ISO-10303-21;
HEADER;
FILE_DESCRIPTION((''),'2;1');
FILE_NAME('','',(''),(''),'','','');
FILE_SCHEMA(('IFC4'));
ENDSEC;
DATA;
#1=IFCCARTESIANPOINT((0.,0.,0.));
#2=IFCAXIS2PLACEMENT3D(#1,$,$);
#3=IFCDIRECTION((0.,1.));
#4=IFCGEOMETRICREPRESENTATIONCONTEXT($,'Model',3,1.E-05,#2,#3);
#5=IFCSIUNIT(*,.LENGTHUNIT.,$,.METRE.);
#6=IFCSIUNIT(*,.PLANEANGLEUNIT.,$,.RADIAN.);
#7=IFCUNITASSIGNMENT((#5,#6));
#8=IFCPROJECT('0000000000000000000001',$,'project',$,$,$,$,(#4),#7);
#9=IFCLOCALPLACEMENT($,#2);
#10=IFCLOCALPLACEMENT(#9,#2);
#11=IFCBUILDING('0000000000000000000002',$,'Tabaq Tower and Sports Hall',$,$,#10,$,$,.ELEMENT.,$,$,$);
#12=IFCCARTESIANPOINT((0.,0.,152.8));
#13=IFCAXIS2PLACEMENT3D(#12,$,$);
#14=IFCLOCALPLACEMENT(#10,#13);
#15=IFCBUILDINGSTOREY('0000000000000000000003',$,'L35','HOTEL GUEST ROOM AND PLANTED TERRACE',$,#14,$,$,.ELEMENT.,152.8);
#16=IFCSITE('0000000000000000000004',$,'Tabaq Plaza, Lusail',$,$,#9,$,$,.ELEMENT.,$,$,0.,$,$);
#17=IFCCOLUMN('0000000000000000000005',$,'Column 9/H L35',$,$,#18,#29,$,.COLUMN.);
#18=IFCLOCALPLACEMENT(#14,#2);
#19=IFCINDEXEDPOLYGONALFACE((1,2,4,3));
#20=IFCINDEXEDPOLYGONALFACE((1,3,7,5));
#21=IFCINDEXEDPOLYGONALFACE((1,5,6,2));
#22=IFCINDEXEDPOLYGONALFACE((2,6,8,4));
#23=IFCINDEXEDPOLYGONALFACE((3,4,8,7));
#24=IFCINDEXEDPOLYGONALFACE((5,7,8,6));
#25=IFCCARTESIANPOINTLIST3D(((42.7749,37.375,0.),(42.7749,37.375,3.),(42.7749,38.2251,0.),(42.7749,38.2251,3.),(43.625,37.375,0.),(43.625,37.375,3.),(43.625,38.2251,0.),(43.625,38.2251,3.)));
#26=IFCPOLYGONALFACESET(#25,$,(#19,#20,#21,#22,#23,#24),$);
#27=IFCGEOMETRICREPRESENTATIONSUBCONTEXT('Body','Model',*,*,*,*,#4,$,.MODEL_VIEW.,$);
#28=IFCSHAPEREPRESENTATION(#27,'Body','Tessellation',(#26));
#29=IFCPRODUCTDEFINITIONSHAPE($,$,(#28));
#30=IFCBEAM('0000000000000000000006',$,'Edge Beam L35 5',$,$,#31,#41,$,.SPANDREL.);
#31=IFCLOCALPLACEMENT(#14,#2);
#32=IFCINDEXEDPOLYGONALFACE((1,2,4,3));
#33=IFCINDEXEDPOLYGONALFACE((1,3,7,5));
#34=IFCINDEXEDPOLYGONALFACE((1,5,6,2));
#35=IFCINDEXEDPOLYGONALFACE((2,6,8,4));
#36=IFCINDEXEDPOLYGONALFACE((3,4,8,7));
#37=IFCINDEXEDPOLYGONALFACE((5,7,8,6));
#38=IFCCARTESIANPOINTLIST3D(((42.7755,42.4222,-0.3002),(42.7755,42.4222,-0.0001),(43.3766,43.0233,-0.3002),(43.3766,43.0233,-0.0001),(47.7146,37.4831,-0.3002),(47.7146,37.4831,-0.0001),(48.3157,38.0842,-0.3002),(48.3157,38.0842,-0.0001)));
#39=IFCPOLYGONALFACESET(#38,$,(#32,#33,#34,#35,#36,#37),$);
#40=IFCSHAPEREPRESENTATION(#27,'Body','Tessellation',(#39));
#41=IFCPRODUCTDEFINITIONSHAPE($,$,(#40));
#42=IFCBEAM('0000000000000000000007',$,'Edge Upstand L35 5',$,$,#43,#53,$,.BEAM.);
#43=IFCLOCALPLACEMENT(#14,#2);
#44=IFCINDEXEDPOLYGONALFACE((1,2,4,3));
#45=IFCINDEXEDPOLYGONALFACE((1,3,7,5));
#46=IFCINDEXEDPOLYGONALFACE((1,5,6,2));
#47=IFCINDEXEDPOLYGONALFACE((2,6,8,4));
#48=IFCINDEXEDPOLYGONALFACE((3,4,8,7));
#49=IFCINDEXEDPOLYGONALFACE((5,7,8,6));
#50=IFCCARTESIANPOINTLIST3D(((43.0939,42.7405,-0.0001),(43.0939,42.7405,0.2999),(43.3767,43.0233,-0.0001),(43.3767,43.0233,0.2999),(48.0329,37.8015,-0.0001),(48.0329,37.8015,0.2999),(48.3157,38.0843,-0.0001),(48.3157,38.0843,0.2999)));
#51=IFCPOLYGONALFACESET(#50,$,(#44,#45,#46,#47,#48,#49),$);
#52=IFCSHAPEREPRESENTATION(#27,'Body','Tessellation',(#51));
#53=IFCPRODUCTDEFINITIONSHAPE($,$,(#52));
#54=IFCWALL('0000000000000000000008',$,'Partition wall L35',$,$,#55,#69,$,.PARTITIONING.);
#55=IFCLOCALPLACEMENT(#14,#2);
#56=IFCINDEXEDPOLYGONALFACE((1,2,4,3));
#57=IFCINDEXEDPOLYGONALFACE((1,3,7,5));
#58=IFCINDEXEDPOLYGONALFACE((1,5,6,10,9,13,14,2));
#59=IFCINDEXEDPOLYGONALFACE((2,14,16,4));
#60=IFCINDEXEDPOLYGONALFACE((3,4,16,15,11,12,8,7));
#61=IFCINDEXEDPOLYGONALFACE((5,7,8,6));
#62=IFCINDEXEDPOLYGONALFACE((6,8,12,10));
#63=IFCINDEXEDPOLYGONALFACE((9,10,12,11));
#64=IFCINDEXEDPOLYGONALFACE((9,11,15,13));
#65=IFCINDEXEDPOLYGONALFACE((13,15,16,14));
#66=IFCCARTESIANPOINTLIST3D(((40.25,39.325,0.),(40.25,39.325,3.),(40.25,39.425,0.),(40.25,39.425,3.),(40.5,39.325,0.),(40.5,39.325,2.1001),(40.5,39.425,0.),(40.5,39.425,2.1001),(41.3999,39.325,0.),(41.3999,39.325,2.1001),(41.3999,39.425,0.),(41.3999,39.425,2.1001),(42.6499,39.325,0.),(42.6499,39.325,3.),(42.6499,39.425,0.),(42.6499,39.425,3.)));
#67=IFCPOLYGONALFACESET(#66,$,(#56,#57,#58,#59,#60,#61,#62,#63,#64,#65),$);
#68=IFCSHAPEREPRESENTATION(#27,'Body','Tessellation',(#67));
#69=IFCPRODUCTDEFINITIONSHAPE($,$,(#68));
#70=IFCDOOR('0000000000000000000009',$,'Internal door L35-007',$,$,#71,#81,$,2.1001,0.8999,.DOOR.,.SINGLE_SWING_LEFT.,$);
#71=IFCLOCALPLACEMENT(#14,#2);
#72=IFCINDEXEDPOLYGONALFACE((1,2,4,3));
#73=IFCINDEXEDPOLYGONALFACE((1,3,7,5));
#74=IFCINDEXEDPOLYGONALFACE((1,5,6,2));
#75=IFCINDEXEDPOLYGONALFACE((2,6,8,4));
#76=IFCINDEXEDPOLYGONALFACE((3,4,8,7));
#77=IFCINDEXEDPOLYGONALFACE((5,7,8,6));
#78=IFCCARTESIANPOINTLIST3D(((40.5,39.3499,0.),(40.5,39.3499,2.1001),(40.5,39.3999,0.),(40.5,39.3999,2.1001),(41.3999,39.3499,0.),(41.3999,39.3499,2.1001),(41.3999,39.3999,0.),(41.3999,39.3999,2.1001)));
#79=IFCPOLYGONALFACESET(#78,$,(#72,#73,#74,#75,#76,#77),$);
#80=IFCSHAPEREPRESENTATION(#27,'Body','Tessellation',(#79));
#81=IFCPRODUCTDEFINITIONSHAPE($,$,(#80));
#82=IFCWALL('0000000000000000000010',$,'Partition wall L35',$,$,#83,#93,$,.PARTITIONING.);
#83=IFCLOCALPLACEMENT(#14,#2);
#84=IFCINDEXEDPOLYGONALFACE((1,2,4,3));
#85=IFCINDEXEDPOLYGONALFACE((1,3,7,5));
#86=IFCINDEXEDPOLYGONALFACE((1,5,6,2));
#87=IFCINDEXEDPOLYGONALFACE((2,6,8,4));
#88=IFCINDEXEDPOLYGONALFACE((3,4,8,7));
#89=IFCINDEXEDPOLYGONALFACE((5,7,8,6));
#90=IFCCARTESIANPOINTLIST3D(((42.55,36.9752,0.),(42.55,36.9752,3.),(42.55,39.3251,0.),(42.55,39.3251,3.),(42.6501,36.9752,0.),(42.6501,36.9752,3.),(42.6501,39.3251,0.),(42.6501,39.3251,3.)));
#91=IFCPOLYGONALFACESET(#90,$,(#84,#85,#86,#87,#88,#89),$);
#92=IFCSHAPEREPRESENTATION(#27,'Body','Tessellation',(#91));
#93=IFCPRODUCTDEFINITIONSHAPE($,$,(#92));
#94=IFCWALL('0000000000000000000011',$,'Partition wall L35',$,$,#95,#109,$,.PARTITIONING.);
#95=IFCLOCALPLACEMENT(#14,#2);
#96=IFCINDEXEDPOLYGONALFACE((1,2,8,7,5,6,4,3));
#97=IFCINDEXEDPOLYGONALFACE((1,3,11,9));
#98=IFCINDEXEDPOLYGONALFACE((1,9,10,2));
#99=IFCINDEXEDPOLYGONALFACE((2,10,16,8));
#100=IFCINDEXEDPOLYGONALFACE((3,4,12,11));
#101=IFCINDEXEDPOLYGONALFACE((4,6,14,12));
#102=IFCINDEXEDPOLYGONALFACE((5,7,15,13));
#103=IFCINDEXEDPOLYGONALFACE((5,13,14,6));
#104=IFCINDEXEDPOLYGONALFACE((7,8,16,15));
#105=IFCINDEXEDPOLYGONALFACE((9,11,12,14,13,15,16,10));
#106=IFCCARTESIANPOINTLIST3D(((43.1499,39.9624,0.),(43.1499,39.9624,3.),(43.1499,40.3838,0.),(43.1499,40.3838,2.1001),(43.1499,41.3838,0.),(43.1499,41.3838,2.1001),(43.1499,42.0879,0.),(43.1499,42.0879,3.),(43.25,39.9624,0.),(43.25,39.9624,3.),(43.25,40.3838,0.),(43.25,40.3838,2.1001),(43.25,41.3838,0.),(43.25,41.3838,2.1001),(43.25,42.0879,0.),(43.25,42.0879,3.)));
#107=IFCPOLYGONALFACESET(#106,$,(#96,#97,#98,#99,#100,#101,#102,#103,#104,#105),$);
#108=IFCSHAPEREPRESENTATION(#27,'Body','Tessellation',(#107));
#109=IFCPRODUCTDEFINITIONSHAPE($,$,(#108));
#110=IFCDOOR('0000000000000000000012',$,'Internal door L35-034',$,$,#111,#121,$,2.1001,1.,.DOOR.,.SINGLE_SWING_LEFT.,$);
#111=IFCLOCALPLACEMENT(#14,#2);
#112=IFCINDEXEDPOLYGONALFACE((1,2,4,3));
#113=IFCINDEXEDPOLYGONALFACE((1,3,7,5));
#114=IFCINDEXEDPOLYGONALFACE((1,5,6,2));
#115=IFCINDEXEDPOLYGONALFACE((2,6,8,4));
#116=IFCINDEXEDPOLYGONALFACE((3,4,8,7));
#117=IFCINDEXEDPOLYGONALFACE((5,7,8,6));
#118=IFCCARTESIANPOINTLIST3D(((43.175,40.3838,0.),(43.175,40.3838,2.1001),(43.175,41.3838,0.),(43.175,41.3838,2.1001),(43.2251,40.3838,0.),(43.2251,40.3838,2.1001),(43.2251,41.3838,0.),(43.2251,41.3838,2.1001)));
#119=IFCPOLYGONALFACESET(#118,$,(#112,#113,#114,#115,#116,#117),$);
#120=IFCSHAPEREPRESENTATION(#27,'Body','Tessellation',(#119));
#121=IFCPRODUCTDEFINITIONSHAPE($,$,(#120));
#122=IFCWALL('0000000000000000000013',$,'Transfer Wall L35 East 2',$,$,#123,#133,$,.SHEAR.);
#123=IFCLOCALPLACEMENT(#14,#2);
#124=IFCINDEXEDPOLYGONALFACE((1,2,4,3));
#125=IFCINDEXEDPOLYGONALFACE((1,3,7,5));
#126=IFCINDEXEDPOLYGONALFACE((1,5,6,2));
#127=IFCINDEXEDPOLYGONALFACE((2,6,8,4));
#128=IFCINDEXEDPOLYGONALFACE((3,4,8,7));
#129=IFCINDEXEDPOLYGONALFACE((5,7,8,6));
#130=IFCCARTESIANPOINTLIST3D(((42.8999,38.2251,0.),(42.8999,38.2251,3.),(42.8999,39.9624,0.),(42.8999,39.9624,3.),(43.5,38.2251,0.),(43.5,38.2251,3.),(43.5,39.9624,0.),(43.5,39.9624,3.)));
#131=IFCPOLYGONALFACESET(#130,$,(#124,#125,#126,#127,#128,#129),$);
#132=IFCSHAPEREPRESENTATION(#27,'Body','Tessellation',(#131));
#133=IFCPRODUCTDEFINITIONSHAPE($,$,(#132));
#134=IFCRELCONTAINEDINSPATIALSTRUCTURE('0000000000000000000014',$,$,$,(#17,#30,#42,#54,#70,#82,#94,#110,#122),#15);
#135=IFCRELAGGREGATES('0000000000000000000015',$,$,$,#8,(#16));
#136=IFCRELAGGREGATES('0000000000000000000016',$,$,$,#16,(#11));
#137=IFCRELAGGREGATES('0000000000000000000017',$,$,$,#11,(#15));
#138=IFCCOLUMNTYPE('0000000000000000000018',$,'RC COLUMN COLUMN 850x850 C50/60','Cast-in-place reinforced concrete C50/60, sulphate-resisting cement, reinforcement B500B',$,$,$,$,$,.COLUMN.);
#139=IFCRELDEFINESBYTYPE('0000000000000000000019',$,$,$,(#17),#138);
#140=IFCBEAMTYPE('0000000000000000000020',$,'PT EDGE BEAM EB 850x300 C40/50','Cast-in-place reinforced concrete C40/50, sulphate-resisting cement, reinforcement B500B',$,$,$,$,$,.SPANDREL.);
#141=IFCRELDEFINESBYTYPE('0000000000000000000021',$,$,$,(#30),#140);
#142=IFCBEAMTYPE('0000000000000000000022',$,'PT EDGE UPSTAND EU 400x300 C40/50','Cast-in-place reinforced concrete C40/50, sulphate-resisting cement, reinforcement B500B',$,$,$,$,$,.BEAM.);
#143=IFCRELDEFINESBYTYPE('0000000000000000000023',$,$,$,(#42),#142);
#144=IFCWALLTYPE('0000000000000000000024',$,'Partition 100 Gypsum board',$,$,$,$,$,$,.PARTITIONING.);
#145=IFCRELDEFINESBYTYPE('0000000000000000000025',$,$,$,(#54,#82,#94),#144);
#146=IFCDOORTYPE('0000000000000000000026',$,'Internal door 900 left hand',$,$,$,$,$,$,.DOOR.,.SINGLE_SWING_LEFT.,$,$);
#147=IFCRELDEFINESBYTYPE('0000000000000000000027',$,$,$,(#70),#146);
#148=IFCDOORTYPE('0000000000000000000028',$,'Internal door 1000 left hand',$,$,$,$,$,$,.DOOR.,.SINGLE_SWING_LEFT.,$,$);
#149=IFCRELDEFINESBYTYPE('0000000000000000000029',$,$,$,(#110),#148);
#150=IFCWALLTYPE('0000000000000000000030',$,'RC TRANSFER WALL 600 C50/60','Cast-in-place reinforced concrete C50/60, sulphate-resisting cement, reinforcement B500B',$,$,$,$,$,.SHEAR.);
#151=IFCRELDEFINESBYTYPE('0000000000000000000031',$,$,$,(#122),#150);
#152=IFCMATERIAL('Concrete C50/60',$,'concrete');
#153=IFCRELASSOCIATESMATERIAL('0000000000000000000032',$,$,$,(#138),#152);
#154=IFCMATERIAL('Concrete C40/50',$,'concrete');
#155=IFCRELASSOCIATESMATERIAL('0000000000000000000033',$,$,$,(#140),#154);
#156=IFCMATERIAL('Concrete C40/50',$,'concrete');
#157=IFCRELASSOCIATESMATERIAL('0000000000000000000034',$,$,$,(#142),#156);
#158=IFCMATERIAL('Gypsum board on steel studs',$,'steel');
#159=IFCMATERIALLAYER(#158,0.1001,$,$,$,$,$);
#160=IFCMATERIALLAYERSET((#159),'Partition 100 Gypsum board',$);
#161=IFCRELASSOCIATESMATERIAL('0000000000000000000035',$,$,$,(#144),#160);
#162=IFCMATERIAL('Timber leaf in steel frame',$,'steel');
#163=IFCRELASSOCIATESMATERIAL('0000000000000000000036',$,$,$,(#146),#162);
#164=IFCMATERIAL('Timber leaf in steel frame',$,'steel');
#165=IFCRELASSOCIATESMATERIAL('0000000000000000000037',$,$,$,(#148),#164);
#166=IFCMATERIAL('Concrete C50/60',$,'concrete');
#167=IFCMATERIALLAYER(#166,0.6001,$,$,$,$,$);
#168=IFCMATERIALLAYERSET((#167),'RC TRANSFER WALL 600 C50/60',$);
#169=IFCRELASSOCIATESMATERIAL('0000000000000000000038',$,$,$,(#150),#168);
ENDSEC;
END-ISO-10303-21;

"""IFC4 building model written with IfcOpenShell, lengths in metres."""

from ifc_helpers import new_model, si_unit, direction, frame, frame_2d, origin, origin_2d, place, context, subcontext, project, spatial, rectangle, extrude, material, layer, layer_set, material_profile, profile_set, type_object, element, fill, save


model = new_model("IFC4")

# Units and contexts
model_context = context("Model", 3, precision=1e-05, world=origin(), true_north=direction((0.0, 1.0)))
body_context = subcontext(model_context, "Body", "Model", "MODEL_VIEW")
ifc_project = project(units=[si_unit("LENGTHUNIT", "METRE"), si_unit("PLANEANGLEUNIT", "RADIAN")], contexts=[model_context])

# Site, building, storey
site_placement = place(None, origin())
site = spatial("IfcSite", under=ifc_project, at=site_placement, Name="Tabaq Plaza, Lusail", CompositionType="ELEMENT", RefElevation=0.0)
building_placement = place(site_placement, origin())
building = spatial("IfcBuilding", under=site, at=building_placement, Name="Tabaq Tower and Sports Hall", CompositionType="ELEMENT")
storey_placement = place(building_placement, frame((0.0, 0.0, 152.8)))
storey = spatial("IfcBuildingStorey", under=building, at=storey_placement, Name="L35", Description="HOTEL GUEST ROOM AND PLANTED TERRACE", CompositionType="ELEMENT", Elevation=152.8)

# Column
ifc_material_1 = material(Name="Concrete C50/60", Category="concrete")
ifc_material_profile_1 = material_profile(ifc_material_1, rectangle(XDim=0.8501, YDim=0.8501, at=origin_2d()), Name="COLUMN 850x850")
ifc_profile_set_1 = profile_set([ifc_material_profile_1], Name="Concrete C50/60")
column_type = type_object("IfcColumnType", Name="RC COLUMN COLUMN 850x850 C50/60", Description="Cast-in-place reinforced concrete C50/60, sulphate-resisting cement, reinforcement B500B", PredefinedType="COLUMN", material=ifc_profile_set_1)
column_placement = place(storey_placement, frame((43.2, 37.8, 0.0), z_axis=(0.0, 0.0, 1.0), x_axis=(1.0, 0.0, 0.0)))
element("IfcColumn", 1, at=column_placement, inside=storey, type_object=column_type, Name="Column 9/H L35", PredefinedType="COLUMN", context=body_context, shape_type="SweptSolid", body=[
    extrude(rectangle(XDim=0.8501, YDim=0.8501, at=origin_2d()), origin(), (0.0, 0.0, 1.0), 3.0),
])

# Beams
ifc_material_2 = material(Name="Concrete C40/50", Category="concrete")
ifc_material_profile_2 = material_profile(ifc_material_2, rectangle(XDim=0.8501, YDim=0.3, at=origin_2d()), Name="EB 850x300")
ifc_profile_set_2 = profile_set([ifc_material_profile_2], Name="Concrete C40/50")
beam_type_1 = type_object("IfcBeamType", Name="PT EDGE BEAM EB 850x300 C40/50", Description="Cast-in-place reinforced concrete C40/50, sulphate-resisting cement, reinforcement B500B", PredefinedType="SPANDREL", material=ifc_profile_set_2)
beam_1_placement = place(storey_placement, frame((48.0151, 37.7837, -0.1501), z_axis=(-0.707107, 0.707107, 0.0), x_axis=(-0.707107, -0.707107, 0.0)))
element("IfcBeam", 2, at=beam_1_placement, inside=storey, type_object=beam_type_1, Name="Edge Beam L35 5", PredefinedType="SPANDREL", context=body_context, shape_type="SweptSolid", body=[
    extrude(rectangle(XDim=0.8501, YDim=0.3, at=origin_2d()), origin(), (0.0, 0.0, 1.0), 6.9849),
])
ifc_material_3 = material(Name="Concrete C40/50", Category="concrete")
ifc_material_profile_3 = material_profile(ifc_material_3, rectangle(XDim=0.3999, YDim=0.3, at=origin_2d()), Name="EU 400x300")
ifc_profile_set_3 = profile_set([ifc_material_profile_3], Name="Concrete C40/50")
beam_type_2 = type_object("IfcBeamType", Name="PT EDGE UPSTAND EU 400x300 C40/50", Description="Cast-in-place reinforced concrete C40/50, sulphate-resisting cement, reinforcement B500B", PredefinedType="BEAM", material=ifc_profile_set_3)
beam_2_placement = place(storey_placement, frame((48.1743, 37.9429, 0.1499), z_axis=(-0.707107, 0.707107, 0.0), x_axis=(-0.707107, -0.707107, 0.0)))
element("IfcBeam", 3, at=beam_2_placement, inside=storey, type_object=beam_type_2, Name="Edge Upstand L35 5", PredefinedType="BEAM", context=body_context, shape_type="SweptSolid", body=[
    extrude(rectangle(XDim=0.3999, YDim=0.3, at=origin_2d()), origin(), (0.0, 0.0, 1.0), 6.9849),
])

# Wall, opening, door
ifc_material_4 = material(Name="Gypsum board on steel studs", Category="steel")
ifc_layer_1 = layer(ifc_material_4, 0.1001)
ifc_layer_set_1 = layer_set([ifc_layer_1], Name="Partition 100 Gypsum board")
wall_type_1 = type_object("IfcWallType", Name="Partition 100 Gypsum board", PredefinedType="PARTITIONING", material=ifc_layer_set_1)
wall_1_placement = place(storey_placement, frame((40.25, 39.375, 0.0), z_axis=(0.0, 0.0, 1.0), x_axis=(1.0, 0.0, 0.0)))
wall_1 = element("IfcWall", 4, at=wall_1_placement, inside=storey, type_object=wall_type_1, Name="Partition wall L35", PredefinedType="PARTITIONING", context=body_context, shape_type="SweptSolid", body=[
    extrude(rectangle(XDim=2.3999, YDim=0.1001, at=frame_2d((1.2, 0.0))), origin(), (0.0, 0.0, 1.0), 3.0),
])
opening_1_placement = place(wall_1_placement, frame((0.25, 0.0, 0.0)))
opening_1 = element("IfcOpeningElement", 5, at=opening_1_placement, cuts=wall_1, PredefinedType="OPENING", context=body_context, shape_type="SweptSolid", body=[
    extrude(rectangle(XDim=0.8999, YDim=2.1001, at=frame_2d((0.45, 1.05))), frame((0.0, 0.05, 0.0), z_axis=(0.0, -1.0, 0.0), x_axis=(1.0, 0.0, 0.0)), (0.0, 0.0, 1.0), 0.1001),
])
ifc_material_5 = material(Name="Timber leaf in steel frame", Category="steel")
door_type_1 = type_object("IfcDoorType", Name="Internal door 900 left hand", OperationType="SINGLE_SWING_LEFT", PredefinedType="DOOR", material=ifc_material_5)
door_1_placement = place(opening_1_placement, origin())
door_1 = element("IfcDoor", 6, at=door_1_placement, inside=storey, type_object=door_type_1, Name="Internal door L35-007", OperationType="SINGLE_SWING_LEFT", OverallHeight=2.1001, OverallWidth=0.8999, PredefinedType="DOOR", context=body_context, shape_type="SweptSolid", body=[
    extrude(rectangle(XDim=0.8999, YDim=2.1001, at=frame_2d((0.45, 1.05))), frame((0.0, 0.0249, 0.0), z_axis=(0.0, -1.0, 0.0), x_axis=(1.0, 0.0, 0.0)), (0.0, 0.0, 1.0), 0.05),
])
fill(opening_1, door_1)

# Wall
wall_2_placement = place(storey_placement, frame((42.6001, 39.325, 0.0), z_axis=(0.0, 0.0, 1.0), x_axis=(0.0, -1.0, 0.0)))
element("IfcWall", 7, at=wall_2_placement, inside=storey, type_object=wall_type_1, Name="Partition wall L35", PredefinedType="PARTITIONING", context=body_context, shape_type="SweptSolid", body=[
    extrude(rectangle(XDim=2.3499, YDim=0.1001, at=frame_2d((1.1748, 0.0))), origin(), (0.0, 0.0, 1.0), 3.0),
])

# Wall, opening, door
wall_3_placement = place(storey_placement, frame((43.2, 39.9624, 0.0), z_axis=(0.0, 0.0, 1.0), x_axis=(0.0, 1.0, 0.0)))
wall_3 = element("IfcWall", 8, at=wall_3_placement, inside=storey, type_object=wall_type_1, Name="Partition wall L35", PredefinedType="PARTITIONING", context=body_context, shape_type="SweptSolid", body=[
    extrude(rectangle(XDim=2.1255, YDim=0.1001, at=frame_2d((1.0627, 0.0))), origin(), (0.0, 0.0, 1.0), 3.0),
])
opening_2_placement = place(wall_3_placement, frame((0.4214, 0.0, 0.0)))
opening_2 = element("IfcOpeningElement", 9, at=opening_2_placement, cuts=wall_3, PredefinedType="OPENING", context=body_context, shape_type="SweptSolid", body=[
    extrude(rectangle(XDim=1.0, YDim=2.1001, at=frame_2d((0.5, 1.05))), frame((0.0, 0.05, 0.0), z_axis=(0.0, -1.0, 0.0), x_axis=(1.0, 0.0, 0.0)), (0.0, 0.0, 1.0), 0.1001),
])
ifc_material_6 = material(Name="Timber leaf in steel frame", Category="steel")
door_type_2 = type_object("IfcDoorType", Name="Internal door 1000 left hand", OperationType="SINGLE_SWING_LEFT", PredefinedType="DOOR", material=ifc_material_6)
door_2_placement = place(opening_2_placement, origin())
door_2 = element("IfcDoor", 10, at=door_2_placement, inside=storey, type_object=door_type_2, Name="Internal door L35-034", OperationType="SINGLE_SWING_LEFT", OverallHeight=2.1001, OverallWidth=1.0, PredefinedType="DOOR", context=body_context, shape_type="SweptSolid", body=[
    extrude(rectangle(XDim=1.0, YDim=2.1001, at=frame_2d((0.5, 1.05))), frame((0.0, 0.0249, 0.0), z_axis=(0.0, -1.0, 0.0), x_axis=(1.0, 0.0, 0.0)), (0.0, 0.0, 1.0), 0.05),
])
fill(opening_2, door_2)

# Wall
ifc_material_7 = material(Name="Concrete C50/60", Category="concrete")
ifc_layer_2 = layer(ifc_material_7, 0.6001)
ifc_layer_set_2 = layer_set([ifc_layer_2], Name="RC TRANSFER WALL 600 C50/60")
wall_type_2 = type_object("IfcWallType", Name="RC TRANSFER WALL 600 C50/60", Description="Cast-in-place reinforced concrete C50/60, sulphate-resisting cement, reinforcement B500B", PredefinedType="SHEAR", material=ifc_layer_set_2)
wall_4_placement = place(storey_placement, frame((43.2, 38.2251, 0.0), z_axis=(0.0, 0.0, 1.0), x_axis=(0.0, 1.0, 0.0)))
element("IfcWall", 11, at=wall_4_placement, inside=storey, type_object=wall_type_2, Name="Transfer Wall L35 East 2", PredefinedType="SHEAR", context=body_context, shape_type="SweptSolid", body=[
    extrude(rectangle(XDim=1.7373, YDim=0.6001, at=frame_2d((0.8687, 0.0))), origin(), (0.0, 0.0, 1.0), 3.0),
])

save(model, "model.ifc")
